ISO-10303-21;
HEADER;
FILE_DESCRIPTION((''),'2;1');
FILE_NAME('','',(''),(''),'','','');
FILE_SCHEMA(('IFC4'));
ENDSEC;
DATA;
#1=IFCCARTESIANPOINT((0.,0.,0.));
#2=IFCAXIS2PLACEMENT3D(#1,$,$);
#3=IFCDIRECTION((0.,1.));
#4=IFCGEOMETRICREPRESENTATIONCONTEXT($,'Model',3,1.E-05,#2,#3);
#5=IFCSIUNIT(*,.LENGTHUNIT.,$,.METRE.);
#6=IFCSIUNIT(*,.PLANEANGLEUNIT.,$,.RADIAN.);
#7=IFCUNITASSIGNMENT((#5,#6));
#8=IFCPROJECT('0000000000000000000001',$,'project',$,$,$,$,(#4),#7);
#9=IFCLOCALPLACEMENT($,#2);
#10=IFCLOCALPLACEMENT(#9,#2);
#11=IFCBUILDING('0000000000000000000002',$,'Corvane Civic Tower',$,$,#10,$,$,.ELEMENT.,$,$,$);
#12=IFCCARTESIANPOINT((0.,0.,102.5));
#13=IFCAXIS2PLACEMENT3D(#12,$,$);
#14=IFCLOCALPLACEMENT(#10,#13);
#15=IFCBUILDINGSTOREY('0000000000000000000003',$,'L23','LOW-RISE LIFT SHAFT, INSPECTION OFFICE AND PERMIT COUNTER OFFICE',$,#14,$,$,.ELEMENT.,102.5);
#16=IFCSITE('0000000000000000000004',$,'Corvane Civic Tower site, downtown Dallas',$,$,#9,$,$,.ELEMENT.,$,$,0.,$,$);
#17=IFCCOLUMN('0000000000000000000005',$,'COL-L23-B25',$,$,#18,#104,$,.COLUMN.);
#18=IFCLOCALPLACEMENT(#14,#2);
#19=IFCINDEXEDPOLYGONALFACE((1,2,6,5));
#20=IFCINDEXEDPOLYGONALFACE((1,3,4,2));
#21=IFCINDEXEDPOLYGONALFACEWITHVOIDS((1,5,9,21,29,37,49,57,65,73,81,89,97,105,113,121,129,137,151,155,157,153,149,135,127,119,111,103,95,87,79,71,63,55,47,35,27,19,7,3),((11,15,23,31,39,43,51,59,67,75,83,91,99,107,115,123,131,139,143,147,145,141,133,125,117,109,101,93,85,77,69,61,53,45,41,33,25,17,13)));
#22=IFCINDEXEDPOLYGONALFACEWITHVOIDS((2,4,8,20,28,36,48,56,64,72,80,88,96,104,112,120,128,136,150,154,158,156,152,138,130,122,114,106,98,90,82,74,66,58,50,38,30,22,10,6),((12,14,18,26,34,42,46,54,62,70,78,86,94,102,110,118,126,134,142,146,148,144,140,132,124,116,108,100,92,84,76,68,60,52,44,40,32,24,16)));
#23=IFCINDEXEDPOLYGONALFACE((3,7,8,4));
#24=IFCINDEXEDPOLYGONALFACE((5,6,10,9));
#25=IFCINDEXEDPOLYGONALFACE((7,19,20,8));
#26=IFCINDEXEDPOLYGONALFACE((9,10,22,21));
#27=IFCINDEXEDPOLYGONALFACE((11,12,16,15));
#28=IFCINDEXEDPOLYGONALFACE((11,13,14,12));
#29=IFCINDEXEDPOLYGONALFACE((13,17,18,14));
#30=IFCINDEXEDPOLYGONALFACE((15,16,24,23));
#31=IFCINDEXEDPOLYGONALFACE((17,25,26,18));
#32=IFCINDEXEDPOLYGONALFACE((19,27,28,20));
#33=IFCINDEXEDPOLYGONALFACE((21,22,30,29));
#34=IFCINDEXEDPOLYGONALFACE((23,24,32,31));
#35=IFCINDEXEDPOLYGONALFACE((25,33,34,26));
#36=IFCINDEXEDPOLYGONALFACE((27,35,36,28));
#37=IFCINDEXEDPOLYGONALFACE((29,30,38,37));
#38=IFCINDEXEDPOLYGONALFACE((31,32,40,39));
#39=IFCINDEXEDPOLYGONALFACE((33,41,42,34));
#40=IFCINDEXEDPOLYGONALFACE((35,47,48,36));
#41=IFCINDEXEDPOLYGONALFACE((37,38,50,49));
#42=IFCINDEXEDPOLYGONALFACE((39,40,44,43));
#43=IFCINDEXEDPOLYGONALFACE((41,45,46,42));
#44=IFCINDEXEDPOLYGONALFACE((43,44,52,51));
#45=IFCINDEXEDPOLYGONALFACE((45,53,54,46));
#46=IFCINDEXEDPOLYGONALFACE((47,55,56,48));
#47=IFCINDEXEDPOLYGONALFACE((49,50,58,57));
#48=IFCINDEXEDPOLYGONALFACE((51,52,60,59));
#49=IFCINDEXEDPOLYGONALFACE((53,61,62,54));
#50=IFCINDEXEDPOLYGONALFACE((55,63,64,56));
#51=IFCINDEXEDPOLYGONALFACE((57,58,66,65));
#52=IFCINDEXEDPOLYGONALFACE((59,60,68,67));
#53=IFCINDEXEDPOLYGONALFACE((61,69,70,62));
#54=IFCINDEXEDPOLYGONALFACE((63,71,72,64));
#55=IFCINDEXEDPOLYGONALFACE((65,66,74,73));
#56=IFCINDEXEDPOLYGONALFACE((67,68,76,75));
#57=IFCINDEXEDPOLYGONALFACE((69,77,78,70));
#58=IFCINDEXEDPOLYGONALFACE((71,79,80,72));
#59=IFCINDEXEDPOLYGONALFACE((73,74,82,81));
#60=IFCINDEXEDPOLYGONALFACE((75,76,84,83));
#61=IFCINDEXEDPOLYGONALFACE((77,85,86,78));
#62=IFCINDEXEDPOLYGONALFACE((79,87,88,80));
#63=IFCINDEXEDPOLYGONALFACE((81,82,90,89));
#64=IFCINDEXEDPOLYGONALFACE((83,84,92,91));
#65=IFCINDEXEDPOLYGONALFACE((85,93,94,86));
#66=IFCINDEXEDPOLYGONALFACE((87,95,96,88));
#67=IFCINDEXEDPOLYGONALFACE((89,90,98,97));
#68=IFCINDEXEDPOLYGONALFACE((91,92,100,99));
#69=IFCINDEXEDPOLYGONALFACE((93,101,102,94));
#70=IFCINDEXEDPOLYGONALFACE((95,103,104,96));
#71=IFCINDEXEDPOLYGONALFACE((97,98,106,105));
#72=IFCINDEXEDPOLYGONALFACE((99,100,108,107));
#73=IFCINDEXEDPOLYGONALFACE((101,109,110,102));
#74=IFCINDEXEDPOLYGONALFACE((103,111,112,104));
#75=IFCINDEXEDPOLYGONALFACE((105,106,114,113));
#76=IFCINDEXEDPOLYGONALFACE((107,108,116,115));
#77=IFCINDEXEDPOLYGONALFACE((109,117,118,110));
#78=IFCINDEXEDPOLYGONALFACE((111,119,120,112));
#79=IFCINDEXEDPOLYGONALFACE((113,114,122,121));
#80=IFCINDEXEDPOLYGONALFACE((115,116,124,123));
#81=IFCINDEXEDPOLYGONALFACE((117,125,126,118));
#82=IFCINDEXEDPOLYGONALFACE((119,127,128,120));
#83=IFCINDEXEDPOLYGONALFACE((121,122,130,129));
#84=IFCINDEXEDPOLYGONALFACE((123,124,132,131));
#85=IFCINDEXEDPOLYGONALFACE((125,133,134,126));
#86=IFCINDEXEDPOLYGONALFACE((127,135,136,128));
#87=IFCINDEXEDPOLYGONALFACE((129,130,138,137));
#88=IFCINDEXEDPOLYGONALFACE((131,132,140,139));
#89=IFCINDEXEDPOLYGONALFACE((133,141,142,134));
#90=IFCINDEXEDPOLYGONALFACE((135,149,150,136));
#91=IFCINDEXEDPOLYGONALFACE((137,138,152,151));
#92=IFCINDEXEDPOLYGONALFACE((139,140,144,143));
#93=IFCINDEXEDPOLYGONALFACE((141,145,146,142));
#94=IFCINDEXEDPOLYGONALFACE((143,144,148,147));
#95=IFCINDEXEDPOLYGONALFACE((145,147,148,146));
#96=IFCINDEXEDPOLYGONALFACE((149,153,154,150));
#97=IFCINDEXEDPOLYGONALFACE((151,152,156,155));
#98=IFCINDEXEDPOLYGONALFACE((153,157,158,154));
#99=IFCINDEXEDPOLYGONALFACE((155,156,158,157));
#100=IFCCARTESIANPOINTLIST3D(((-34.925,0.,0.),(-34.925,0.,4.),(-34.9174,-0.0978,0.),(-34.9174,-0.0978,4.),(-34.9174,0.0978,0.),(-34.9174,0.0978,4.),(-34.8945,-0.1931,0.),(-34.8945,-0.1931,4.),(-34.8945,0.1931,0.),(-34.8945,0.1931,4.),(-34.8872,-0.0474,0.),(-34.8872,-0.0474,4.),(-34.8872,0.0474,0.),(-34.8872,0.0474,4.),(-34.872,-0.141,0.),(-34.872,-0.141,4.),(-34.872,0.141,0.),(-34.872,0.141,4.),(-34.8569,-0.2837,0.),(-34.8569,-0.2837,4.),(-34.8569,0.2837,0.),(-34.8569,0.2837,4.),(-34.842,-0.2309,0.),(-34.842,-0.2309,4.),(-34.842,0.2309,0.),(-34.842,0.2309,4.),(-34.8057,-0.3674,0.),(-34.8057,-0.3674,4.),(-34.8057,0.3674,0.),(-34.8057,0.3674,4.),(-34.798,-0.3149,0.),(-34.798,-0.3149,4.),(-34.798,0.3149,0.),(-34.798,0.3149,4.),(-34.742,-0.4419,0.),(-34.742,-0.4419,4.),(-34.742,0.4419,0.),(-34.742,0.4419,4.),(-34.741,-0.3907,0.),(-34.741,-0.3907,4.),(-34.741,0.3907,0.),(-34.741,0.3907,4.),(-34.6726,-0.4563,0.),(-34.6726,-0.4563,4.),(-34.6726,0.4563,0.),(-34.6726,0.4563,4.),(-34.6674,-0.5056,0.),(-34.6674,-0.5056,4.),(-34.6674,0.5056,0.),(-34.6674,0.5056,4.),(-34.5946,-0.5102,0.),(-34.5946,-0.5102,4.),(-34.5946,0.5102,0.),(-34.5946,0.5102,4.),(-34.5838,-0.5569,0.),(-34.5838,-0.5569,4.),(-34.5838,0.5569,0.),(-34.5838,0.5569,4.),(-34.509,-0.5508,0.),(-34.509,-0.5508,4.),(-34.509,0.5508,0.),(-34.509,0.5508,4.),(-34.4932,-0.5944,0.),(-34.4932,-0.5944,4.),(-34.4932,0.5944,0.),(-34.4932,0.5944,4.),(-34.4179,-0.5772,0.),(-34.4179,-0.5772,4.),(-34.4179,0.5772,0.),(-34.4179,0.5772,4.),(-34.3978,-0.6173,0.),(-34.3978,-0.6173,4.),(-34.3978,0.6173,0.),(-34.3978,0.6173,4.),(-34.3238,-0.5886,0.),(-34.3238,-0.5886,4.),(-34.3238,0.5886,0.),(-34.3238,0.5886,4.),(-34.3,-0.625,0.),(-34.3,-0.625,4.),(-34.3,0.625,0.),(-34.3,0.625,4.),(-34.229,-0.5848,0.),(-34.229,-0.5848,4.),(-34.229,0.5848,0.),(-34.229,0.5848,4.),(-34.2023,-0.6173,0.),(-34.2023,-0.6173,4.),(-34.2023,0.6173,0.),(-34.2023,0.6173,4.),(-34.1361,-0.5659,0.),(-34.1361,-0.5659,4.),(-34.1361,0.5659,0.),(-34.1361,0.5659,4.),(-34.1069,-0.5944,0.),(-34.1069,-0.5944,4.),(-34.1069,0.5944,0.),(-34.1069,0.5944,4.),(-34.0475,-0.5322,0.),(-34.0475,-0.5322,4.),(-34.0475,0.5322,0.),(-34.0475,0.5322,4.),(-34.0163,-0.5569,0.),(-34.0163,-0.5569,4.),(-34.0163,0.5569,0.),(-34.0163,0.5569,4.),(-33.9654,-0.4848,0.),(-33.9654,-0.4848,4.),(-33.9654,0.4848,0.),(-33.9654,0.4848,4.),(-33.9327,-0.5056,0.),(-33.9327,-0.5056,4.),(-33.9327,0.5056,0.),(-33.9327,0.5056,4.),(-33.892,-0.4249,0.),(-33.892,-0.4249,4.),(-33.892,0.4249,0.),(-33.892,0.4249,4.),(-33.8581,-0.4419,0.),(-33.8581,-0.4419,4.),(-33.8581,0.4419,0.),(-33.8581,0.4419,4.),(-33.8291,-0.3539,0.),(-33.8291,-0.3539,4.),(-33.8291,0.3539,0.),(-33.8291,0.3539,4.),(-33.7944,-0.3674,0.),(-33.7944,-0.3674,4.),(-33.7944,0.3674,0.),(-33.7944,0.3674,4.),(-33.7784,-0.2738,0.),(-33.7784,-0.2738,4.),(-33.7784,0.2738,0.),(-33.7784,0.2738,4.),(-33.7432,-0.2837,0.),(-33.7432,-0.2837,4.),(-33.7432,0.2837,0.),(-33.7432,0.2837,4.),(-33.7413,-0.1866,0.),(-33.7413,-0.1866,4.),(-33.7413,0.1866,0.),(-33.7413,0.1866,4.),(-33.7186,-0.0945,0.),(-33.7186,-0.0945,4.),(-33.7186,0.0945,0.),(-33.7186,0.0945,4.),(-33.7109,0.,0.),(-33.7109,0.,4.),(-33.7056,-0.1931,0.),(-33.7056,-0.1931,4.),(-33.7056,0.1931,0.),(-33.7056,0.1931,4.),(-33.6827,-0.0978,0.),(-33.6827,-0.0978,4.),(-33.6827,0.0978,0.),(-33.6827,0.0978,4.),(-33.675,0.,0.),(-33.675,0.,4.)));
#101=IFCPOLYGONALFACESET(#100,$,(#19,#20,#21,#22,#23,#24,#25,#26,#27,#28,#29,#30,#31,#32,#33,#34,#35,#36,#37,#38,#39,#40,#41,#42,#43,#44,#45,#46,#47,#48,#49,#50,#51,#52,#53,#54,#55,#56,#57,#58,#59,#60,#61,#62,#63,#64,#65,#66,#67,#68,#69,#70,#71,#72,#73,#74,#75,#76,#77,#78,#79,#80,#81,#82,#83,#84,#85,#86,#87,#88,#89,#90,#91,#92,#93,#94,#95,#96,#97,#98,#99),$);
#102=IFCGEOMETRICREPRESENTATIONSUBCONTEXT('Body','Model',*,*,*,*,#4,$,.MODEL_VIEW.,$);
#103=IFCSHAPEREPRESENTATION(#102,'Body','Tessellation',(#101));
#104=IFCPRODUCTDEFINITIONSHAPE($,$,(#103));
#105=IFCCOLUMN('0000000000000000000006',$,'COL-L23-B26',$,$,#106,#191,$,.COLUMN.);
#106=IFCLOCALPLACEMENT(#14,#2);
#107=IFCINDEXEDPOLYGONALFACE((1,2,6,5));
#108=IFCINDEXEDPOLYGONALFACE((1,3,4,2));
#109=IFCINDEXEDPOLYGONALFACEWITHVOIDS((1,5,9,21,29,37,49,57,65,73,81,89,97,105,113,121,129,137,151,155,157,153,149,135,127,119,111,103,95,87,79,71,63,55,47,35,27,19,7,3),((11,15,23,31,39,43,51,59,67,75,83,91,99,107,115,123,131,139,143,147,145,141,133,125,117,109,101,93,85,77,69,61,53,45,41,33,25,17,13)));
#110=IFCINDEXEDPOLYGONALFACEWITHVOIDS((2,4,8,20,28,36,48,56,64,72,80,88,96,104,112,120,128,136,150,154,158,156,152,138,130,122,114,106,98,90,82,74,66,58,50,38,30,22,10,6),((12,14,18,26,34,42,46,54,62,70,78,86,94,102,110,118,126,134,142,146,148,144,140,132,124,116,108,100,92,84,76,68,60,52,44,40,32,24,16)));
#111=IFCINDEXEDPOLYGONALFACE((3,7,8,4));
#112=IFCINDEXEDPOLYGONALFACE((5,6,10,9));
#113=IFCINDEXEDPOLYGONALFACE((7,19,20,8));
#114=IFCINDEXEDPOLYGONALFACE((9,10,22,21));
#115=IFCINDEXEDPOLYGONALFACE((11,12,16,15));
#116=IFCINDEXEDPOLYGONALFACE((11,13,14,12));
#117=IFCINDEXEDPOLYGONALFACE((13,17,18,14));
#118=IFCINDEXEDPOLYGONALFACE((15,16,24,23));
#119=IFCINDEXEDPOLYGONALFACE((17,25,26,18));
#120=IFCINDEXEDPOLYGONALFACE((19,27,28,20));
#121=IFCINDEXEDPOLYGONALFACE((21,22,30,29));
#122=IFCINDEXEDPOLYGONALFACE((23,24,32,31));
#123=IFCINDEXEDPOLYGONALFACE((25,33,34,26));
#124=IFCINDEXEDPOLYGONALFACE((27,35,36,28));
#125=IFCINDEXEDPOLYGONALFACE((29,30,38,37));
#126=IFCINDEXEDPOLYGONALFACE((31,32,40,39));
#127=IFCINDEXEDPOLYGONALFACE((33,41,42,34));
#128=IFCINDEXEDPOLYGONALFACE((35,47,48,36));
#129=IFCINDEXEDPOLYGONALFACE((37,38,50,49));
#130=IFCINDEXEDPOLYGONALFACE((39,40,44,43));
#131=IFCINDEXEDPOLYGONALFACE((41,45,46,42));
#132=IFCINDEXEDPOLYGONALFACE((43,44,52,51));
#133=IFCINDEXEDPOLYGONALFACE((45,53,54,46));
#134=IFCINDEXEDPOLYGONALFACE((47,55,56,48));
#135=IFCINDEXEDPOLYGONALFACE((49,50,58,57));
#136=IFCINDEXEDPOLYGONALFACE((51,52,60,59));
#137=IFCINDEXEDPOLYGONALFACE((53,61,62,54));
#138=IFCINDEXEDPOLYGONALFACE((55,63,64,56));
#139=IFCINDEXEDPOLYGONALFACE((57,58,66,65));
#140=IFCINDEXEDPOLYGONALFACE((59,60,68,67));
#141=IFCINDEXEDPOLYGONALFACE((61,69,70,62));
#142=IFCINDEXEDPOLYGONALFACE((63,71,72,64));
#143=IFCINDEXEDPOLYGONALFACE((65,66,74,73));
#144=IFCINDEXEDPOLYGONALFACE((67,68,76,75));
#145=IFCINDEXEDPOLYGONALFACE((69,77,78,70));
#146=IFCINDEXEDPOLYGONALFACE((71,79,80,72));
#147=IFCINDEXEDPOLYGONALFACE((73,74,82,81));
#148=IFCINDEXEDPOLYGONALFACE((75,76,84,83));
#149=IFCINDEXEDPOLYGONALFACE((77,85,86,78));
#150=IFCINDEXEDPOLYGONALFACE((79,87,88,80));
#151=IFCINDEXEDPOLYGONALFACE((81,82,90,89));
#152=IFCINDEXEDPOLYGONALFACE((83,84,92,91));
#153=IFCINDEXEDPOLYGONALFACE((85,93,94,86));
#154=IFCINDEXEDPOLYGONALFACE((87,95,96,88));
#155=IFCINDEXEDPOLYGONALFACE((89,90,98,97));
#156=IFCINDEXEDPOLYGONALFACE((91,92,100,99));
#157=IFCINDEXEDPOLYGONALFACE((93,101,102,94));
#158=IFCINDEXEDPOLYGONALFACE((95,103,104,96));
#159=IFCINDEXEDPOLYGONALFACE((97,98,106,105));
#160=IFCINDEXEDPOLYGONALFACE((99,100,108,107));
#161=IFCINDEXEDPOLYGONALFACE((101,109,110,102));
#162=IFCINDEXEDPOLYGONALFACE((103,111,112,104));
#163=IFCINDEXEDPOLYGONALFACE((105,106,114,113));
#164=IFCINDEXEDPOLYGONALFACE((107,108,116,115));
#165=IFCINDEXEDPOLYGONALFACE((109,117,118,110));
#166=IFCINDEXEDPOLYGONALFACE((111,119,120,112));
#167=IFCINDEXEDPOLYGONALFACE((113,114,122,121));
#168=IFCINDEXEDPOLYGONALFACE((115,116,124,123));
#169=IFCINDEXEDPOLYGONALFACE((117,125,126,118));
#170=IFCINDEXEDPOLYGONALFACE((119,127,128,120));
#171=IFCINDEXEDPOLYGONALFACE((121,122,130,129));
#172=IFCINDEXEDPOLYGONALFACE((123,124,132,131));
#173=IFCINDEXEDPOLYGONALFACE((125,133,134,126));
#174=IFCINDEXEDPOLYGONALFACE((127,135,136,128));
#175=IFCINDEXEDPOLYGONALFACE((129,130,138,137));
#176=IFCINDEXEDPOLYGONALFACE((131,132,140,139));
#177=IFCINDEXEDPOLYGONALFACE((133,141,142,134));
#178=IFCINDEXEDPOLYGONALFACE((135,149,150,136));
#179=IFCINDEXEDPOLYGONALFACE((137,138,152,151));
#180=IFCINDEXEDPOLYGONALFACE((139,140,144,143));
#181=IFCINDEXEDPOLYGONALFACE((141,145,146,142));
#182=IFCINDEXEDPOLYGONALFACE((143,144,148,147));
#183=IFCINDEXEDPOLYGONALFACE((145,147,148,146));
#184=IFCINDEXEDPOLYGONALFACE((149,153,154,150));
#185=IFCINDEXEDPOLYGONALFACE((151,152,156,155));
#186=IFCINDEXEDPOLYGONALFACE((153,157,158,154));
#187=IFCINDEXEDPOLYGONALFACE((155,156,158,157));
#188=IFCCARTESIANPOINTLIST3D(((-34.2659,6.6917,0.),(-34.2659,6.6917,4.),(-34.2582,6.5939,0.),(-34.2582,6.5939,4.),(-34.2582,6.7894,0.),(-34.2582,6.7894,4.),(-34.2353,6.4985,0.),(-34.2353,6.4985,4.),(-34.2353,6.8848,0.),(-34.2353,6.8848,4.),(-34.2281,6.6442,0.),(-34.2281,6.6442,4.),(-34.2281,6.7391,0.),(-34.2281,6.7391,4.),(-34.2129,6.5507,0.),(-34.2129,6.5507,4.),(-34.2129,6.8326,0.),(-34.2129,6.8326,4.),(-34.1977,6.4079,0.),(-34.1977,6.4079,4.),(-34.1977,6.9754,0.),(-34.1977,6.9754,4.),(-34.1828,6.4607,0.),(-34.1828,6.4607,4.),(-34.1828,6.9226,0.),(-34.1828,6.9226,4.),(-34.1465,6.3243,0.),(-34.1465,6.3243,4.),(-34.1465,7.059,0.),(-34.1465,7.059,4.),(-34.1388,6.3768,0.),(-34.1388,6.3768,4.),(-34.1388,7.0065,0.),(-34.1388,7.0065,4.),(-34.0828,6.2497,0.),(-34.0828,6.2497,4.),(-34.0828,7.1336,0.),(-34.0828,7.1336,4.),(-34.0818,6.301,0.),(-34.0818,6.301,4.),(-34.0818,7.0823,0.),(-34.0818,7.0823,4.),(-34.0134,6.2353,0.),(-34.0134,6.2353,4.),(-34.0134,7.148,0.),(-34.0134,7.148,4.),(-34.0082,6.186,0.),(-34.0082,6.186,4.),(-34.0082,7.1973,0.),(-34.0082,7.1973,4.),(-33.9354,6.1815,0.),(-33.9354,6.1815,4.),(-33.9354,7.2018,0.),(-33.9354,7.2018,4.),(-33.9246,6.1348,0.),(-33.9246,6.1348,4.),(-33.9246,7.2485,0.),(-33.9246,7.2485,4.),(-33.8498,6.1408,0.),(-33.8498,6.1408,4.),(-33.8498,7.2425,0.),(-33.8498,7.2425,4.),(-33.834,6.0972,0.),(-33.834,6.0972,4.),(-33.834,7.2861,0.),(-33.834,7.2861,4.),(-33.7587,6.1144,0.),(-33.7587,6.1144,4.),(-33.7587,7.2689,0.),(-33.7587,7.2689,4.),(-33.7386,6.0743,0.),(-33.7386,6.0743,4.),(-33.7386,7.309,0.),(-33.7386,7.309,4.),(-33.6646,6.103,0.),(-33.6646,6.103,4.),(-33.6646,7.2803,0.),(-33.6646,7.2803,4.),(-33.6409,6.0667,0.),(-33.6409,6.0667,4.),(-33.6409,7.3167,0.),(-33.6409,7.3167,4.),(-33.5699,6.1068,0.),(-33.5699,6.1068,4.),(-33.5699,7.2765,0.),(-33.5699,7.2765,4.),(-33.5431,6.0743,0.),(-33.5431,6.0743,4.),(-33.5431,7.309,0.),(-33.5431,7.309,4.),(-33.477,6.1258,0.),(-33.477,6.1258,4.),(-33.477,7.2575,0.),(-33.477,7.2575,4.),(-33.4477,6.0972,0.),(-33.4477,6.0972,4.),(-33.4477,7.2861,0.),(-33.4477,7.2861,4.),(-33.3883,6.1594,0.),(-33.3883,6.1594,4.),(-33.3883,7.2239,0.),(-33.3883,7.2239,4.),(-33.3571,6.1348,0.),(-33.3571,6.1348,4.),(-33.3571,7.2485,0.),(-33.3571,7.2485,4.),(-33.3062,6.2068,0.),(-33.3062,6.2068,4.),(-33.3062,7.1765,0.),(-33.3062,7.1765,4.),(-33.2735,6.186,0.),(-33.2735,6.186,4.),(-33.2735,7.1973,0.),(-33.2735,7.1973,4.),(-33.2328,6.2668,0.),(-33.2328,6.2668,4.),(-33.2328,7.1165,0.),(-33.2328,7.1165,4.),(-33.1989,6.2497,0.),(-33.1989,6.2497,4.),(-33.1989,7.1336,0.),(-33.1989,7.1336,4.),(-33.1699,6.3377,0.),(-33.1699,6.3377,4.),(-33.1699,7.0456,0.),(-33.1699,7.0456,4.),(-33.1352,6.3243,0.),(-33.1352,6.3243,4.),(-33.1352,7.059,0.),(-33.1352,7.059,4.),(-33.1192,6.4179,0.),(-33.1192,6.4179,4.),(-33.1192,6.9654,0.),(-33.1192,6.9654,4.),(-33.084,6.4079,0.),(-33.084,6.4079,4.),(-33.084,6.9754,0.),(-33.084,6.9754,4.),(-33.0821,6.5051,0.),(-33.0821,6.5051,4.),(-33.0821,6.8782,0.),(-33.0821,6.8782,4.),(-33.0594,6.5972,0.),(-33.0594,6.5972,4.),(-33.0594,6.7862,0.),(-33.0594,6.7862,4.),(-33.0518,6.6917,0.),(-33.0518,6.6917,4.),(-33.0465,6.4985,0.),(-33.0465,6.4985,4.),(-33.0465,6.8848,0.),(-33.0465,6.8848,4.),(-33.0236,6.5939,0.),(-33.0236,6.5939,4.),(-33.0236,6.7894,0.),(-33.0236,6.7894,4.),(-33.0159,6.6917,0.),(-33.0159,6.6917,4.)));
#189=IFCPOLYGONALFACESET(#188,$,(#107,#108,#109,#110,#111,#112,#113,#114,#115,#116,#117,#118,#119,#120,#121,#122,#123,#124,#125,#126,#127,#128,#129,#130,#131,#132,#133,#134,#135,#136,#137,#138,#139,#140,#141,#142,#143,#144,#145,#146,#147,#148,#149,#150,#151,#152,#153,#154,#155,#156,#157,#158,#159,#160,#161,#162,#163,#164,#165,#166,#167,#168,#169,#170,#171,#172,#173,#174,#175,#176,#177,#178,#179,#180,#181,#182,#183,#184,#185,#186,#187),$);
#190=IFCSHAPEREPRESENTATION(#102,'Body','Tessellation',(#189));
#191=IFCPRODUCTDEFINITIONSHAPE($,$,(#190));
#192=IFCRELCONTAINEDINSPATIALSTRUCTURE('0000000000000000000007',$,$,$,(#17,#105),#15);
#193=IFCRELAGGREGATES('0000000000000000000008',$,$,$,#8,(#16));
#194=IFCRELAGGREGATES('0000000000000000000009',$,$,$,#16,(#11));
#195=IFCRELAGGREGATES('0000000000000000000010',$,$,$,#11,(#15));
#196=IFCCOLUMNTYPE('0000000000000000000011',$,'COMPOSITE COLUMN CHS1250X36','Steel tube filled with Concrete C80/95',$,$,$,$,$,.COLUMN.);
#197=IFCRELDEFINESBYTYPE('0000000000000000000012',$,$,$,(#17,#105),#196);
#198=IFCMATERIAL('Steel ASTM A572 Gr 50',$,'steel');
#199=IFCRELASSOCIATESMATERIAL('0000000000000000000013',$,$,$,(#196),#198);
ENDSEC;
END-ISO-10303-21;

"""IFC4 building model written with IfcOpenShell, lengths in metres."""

from ifc_helpers import new_model, si_unit, direction, frame, origin, origin_2d, place, context, subcontext, project, spatial, hollow_circle, extrude, material, material_profile, profile_set, type_object, element, save


model = new_model("IFC4")

# Units and contexts
model_context = context("Model", 3, precision=1e-05, world=origin(), true_north=direction((0.0, 1.0)))
body_context = subcontext(model_context, "Body", "Model", "MODEL_VIEW")
ifc_project = project(units=[si_unit("LENGTHUNIT", "METRE"), si_unit("PLANEANGLEUNIT", "RADIAN")], contexts=[model_context])

# Site, building, storey
site_placement = place(None, origin())
site = spatial("IfcSite", under=ifc_project, at=site_placement, Name="Corvane Civic Tower site, downtown Dallas", CompositionType="ELEMENT", RefElevation=0.0)
building_placement = place(site_placement, origin())
building = spatial("IfcBuilding", under=site, at=building_placement, Name="Corvane Civic Tower", CompositionType="ELEMENT")
storey_placement = place(building_placement, frame((0.0, 0.0, 102.5)))
storey = spatial("IfcBuildingStorey", under=building, at=storey_placement, Name="L23", Description="LOW-RISE LIFT SHAFT, INSPECTION OFFICE AND PERMIT COUNTER OFFICE", CompositionType="ELEMENT", Elevation=102.5)

# Columns
ifc_material_1 = material(Name="Steel ASTM A572 Gr 50", Category="steel")
ifc_material_profile_1 = material_profile(ifc_material_1, hollow_circle(Radius=0.625, WallThickness=0.0359, at=origin_2d()), Name="CHS1250X36")
ifc_profile_set_1 = profile_set([ifc_material_profile_1], Name="Steel ASTM A572 Gr 50")
column_type = type_object("IfcColumnType", Name="COMPOSITE COLUMN CHS1250X36", Description="Steel tube filled with Concrete C80/95", PredefinedType="COLUMN", material=ifc_profile_set_1)
for number, where, z_axis, x_axis, name in (
    (1, (-34.3, 0.0, 0.0), (0.0, 0.0, 1.0), (1.0, 0.0, 0.0), "COL-L23-B25"),
    (2, (-33.6409, 6.6917, 0.0), (0.0, 0.0, 1.0), (1.0, 0.0, 0.0), "COL-L23-B26"),
):
    element("IfcColumn", number, at=place(storey_placement, frame(where, z_axis=z_axis, x_axis=x_axis)), inside=storey, type_object=column_type, Name=name, PredefinedType="COLUMN", context=body_context, shape_type="SweptSolid", body=[
        extrude(hollow_circle(Radius=0.625, WallThickness=0.0359, at=origin_2d()), origin(), (0.0, 0.0, 1.0), 4.0),
    ])

save(model, "model.ifc")
